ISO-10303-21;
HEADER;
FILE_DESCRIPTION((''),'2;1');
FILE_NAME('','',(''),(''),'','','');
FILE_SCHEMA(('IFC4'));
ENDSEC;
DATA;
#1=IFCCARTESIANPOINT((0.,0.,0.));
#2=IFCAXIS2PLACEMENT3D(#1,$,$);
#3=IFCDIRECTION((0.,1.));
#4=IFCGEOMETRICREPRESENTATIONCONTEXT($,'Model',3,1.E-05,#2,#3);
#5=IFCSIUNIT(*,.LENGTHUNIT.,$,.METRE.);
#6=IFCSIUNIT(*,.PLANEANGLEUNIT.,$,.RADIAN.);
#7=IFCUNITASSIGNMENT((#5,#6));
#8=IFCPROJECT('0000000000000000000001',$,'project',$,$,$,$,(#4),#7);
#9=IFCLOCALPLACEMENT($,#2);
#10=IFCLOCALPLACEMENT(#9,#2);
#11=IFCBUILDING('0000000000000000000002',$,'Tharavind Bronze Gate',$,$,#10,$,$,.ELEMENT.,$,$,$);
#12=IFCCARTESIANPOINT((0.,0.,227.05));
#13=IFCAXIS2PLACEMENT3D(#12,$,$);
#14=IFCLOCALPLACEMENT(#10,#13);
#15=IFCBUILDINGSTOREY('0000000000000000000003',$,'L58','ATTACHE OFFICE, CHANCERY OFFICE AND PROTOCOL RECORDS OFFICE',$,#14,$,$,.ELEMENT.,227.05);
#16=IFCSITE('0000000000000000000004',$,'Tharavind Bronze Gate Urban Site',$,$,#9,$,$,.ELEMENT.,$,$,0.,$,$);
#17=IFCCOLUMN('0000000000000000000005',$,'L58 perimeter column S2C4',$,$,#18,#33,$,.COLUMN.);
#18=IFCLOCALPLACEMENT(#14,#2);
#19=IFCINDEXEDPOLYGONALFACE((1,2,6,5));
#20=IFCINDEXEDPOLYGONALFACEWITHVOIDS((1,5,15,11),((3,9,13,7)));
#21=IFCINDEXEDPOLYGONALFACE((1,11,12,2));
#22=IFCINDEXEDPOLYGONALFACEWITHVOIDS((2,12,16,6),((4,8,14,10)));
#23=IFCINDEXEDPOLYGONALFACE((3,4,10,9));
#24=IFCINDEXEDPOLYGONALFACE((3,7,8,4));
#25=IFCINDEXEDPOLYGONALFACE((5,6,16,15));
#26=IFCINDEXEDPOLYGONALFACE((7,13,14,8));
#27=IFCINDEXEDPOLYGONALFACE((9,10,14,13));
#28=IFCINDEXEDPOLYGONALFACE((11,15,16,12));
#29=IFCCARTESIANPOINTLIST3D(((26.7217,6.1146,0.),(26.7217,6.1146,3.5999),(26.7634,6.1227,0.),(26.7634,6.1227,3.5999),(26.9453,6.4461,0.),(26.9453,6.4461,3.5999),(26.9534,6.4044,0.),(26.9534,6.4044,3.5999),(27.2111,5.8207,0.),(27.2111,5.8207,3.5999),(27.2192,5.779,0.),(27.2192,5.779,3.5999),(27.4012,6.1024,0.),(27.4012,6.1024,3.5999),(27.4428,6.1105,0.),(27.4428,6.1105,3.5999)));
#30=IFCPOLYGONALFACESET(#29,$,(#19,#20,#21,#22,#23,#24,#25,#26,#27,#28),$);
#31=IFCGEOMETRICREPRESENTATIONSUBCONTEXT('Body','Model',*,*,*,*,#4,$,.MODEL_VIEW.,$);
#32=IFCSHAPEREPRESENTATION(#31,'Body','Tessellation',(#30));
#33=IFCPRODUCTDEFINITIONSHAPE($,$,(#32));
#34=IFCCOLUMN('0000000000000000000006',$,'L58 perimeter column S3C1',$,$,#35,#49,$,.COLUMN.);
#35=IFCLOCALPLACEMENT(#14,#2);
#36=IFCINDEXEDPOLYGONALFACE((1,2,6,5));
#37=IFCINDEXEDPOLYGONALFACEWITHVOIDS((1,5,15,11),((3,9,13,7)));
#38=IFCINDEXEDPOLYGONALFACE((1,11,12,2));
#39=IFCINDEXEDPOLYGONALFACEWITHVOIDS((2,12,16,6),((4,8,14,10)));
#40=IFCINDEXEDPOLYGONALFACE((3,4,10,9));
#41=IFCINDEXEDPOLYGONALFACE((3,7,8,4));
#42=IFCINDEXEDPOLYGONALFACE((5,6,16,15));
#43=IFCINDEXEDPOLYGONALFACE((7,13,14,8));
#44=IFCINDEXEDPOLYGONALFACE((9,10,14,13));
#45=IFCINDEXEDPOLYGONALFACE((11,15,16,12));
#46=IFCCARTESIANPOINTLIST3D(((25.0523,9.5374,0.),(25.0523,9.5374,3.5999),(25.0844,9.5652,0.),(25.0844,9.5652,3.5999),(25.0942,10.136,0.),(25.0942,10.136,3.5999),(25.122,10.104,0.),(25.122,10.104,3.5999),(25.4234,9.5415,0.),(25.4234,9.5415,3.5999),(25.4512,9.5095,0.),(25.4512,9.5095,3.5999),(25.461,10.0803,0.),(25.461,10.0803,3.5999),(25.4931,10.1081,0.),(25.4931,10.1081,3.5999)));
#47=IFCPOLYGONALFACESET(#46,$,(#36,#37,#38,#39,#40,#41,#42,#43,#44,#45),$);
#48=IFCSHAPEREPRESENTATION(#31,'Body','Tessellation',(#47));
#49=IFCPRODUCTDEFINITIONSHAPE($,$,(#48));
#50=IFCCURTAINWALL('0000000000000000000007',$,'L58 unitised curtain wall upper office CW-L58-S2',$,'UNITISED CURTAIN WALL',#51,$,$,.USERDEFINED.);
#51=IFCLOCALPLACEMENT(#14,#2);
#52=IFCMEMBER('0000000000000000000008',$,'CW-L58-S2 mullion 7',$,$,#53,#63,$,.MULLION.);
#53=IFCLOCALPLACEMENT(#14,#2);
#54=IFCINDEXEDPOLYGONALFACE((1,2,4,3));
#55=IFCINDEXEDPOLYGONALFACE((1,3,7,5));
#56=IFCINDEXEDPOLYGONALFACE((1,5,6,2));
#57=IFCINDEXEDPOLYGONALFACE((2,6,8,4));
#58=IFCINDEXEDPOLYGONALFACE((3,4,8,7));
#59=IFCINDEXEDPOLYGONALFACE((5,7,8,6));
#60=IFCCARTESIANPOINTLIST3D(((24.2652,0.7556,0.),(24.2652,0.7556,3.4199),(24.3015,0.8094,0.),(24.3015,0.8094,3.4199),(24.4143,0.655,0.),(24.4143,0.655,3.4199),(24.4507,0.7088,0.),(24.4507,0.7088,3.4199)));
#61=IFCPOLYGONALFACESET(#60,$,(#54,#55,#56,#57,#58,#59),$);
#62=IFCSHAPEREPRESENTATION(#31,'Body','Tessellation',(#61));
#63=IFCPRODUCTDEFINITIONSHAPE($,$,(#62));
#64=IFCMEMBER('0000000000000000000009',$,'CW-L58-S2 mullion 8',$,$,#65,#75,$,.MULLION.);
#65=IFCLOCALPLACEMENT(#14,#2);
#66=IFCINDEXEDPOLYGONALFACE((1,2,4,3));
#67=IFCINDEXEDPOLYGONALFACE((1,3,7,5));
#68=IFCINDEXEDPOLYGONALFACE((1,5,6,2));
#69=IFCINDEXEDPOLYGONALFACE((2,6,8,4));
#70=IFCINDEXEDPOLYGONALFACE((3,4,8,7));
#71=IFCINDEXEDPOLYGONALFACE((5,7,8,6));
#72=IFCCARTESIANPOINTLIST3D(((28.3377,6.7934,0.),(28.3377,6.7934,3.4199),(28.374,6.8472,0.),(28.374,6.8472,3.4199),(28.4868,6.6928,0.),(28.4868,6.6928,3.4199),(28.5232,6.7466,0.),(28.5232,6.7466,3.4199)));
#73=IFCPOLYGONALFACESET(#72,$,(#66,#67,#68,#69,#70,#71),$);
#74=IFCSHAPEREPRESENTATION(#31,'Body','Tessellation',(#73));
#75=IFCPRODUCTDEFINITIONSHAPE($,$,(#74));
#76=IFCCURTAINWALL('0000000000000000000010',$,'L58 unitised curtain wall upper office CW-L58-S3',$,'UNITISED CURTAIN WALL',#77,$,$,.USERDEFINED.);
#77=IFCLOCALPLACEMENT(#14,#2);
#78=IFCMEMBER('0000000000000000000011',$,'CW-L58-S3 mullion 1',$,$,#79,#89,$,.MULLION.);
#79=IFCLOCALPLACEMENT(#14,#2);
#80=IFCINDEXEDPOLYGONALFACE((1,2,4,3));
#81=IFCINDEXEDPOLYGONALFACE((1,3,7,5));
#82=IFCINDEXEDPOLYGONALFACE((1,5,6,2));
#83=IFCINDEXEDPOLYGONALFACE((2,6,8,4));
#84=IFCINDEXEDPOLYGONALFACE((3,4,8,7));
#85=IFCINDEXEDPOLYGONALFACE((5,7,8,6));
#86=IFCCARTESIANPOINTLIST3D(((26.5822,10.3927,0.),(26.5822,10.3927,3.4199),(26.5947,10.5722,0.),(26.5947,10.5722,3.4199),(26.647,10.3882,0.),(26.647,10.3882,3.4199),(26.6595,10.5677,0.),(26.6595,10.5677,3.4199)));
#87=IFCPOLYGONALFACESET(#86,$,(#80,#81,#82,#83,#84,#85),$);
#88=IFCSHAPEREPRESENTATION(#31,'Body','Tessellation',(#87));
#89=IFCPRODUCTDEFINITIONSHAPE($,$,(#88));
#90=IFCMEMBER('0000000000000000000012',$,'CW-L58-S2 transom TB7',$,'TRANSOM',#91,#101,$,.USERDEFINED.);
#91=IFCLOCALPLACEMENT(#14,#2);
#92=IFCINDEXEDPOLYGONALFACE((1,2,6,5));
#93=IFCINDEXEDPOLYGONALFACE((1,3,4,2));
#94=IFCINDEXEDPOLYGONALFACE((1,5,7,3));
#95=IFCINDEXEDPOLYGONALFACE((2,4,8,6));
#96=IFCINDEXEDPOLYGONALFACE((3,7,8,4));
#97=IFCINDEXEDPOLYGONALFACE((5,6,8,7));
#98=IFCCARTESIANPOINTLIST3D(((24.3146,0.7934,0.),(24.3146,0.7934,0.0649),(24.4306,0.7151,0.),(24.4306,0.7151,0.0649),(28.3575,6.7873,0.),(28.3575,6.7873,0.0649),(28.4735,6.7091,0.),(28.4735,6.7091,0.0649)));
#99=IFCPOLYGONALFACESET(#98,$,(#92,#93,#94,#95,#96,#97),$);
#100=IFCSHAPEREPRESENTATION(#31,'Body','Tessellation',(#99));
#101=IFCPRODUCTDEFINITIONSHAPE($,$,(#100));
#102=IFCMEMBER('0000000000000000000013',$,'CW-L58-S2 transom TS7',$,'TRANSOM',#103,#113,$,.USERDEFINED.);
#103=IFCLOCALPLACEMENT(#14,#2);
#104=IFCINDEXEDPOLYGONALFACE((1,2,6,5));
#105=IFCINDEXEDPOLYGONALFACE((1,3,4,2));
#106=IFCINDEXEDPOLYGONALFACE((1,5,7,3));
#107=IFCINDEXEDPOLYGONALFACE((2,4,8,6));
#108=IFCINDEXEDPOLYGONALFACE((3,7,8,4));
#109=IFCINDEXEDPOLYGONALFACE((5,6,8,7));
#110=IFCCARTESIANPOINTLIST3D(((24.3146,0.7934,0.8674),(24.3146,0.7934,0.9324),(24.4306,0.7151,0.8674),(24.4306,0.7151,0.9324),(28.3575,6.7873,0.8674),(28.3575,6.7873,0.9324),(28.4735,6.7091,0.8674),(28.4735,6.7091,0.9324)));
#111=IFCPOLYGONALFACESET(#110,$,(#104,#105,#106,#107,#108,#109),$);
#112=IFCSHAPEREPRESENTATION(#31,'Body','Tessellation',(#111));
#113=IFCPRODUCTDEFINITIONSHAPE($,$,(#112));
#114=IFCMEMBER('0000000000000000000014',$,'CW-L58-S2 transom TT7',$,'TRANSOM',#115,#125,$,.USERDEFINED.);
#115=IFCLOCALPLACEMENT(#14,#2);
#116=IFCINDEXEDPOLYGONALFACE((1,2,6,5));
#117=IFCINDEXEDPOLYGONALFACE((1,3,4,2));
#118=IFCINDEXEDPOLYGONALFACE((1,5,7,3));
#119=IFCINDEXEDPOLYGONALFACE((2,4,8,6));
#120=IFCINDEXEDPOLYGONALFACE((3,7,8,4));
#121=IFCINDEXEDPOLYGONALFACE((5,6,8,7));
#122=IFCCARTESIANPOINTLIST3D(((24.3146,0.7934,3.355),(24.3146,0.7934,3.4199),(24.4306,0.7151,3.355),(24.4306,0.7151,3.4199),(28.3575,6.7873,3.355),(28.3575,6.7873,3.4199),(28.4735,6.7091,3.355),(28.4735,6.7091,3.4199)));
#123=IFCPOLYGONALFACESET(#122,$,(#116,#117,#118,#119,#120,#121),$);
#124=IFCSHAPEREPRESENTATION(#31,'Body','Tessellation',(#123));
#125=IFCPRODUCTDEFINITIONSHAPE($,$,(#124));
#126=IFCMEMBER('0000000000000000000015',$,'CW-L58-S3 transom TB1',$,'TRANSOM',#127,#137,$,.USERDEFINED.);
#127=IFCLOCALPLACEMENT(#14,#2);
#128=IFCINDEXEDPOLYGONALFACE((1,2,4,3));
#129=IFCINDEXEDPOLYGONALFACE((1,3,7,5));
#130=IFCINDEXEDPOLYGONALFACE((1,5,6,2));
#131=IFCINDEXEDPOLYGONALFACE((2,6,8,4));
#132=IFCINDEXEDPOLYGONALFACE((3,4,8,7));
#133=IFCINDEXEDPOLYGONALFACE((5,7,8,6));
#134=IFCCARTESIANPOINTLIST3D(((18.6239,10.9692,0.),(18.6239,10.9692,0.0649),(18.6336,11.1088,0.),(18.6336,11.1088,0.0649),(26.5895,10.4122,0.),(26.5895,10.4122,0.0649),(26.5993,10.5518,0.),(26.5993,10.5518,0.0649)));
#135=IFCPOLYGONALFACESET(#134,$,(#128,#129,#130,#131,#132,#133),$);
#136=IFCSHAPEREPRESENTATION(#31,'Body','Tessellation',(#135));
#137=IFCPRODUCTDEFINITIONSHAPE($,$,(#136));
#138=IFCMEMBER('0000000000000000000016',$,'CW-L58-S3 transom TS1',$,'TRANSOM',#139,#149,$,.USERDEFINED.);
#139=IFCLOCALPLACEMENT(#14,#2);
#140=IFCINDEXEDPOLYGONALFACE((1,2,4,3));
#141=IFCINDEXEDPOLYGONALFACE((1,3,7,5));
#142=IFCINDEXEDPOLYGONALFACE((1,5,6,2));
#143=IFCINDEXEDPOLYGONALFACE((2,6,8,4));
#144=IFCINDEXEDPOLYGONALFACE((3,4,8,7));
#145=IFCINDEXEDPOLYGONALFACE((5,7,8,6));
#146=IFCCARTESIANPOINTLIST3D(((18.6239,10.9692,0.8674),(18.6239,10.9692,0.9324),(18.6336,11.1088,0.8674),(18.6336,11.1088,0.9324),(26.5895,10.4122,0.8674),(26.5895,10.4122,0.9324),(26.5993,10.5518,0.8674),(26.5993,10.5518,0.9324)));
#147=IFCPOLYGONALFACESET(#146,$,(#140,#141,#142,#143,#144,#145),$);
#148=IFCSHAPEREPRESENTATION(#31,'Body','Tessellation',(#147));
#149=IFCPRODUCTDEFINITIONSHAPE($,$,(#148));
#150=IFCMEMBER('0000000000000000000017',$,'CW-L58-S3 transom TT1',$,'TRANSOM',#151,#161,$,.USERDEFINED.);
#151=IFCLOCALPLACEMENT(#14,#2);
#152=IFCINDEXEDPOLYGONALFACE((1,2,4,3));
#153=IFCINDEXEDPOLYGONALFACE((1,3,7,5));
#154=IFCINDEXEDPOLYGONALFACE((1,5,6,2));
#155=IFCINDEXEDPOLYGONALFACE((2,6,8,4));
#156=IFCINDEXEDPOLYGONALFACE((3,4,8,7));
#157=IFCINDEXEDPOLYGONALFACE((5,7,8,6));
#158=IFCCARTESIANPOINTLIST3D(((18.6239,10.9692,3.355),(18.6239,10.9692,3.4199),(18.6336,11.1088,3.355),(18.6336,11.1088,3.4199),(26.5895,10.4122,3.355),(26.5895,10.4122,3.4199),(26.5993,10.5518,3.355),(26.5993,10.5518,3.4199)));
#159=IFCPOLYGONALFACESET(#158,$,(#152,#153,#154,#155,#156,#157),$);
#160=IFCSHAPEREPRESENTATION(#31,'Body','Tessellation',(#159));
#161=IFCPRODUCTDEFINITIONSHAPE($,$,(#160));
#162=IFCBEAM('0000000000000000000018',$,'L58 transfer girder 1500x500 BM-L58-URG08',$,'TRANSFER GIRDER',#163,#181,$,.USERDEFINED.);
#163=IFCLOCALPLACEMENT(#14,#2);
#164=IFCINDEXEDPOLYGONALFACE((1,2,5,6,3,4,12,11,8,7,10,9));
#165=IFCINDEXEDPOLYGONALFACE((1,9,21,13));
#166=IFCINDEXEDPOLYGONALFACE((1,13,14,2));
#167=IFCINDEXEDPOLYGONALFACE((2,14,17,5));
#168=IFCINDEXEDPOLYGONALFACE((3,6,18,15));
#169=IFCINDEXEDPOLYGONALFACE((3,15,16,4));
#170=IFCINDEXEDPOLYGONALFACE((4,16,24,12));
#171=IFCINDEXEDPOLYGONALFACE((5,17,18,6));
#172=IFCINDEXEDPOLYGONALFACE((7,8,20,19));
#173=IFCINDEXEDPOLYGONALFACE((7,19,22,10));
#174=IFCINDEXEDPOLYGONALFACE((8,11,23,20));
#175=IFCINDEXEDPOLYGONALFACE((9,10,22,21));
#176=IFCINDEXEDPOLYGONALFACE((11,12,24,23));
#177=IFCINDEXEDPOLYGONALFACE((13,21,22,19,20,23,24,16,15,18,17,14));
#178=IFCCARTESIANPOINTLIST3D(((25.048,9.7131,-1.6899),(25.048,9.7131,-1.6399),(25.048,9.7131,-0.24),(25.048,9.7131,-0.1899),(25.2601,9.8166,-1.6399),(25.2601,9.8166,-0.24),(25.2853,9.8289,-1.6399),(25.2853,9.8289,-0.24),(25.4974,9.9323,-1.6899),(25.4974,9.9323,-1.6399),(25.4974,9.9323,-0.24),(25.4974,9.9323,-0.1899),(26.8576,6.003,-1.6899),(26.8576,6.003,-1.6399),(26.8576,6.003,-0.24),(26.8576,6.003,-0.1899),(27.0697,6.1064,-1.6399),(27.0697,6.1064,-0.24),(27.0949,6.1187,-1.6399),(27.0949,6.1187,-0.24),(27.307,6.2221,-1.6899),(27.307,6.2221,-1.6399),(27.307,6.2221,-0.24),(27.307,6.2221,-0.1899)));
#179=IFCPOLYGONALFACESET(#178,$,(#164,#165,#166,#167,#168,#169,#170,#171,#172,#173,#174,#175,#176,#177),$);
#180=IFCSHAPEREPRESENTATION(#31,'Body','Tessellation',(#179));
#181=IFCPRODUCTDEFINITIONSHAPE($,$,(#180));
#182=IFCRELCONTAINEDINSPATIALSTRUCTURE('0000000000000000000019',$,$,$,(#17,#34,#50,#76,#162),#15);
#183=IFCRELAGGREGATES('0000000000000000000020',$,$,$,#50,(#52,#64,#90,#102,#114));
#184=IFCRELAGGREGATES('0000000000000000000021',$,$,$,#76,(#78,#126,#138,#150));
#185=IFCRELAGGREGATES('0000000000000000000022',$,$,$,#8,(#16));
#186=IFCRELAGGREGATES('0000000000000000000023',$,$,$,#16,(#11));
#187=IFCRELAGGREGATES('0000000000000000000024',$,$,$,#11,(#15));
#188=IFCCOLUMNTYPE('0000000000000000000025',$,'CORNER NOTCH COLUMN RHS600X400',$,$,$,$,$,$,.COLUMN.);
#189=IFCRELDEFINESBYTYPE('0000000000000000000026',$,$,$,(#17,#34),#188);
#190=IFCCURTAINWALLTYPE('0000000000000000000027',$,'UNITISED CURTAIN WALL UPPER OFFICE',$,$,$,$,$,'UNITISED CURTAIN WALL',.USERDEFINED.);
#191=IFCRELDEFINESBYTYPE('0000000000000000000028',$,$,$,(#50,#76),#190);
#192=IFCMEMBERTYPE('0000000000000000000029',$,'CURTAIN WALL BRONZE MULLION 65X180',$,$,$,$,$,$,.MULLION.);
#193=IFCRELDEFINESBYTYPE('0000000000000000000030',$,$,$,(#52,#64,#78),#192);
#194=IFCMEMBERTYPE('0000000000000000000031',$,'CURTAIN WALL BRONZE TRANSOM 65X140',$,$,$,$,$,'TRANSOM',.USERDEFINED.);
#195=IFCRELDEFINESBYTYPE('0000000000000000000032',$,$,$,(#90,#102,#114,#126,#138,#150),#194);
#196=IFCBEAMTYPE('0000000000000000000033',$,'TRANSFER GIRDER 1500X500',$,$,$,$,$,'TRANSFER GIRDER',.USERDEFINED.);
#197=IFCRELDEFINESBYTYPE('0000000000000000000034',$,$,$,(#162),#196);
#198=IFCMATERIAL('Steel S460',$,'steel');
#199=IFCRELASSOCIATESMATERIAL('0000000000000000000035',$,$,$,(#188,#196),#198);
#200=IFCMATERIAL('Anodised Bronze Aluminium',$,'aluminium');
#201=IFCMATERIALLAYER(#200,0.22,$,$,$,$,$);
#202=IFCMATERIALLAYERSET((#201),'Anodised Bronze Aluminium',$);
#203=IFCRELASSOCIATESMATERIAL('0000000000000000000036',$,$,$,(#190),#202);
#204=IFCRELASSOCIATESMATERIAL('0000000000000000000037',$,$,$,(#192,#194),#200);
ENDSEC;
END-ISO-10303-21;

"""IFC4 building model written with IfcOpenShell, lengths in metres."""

from ifc_helpers import new_model, si_unit, direction, frame, origin, origin_2d, place, context, subcontext, project, spatial, rectangle, hollow_rectangle, i_section, extrude, material, layer, layer_set, material_profile, profile_set, type_object, element, aggregate, save


model = new_model("IFC4")

# Units and contexts
model_context = context("Model", 3, precision=1e-05, world=origin(), true_north=direction((0.0, 1.0)))
body_context = subcontext(model_context, "Body", "Model", "MODEL_VIEW")
ifc_project = project(units=[si_unit("LENGTHUNIT", "METRE"), si_unit("PLANEANGLEUNIT", "RADIAN")], contexts=[model_context])

# Site, building, storey
site_placement = place(None, origin())
site = spatial("IfcSite", under=ifc_project, at=site_placement, Name="Tharavind Bronze Gate Urban Site", CompositionType="ELEMENT", RefElevation=0.0)
building_placement = place(site_placement, origin())
building = spatial("IfcBuilding", under=site, at=building_placement, Name="Tharavind Bronze Gate", CompositionType="ELEMENT")
storey_placement = place(building_placement, frame((0.0, 0.0, 227.05)))
storey = spatial("IfcBuildingStorey", under=building, at=storey_placement, Name="L58", Description="ATTACHE OFFICE, CHANCERY OFFICE AND PROTOCOL RECORDS OFFICE", CompositionType="ELEMENT", Elevation=227.05)

# Columns
ifc_material_1 = material(Name="Steel S460", Category="steel")
ifc_material_profile_1 = material_profile(ifc_material_1, hollow_rectangle(XDim=0.3999, YDim=0.6001, WallThickness=0.03, at=origin_2d()), Name="RHS600X400X30")
ifc_profile_set_1 = profile_set([ifc_material_profile_1], Name="Steel S460")
column_type = type_object("IfcColumnType", Name="CORNER NOTCH COLUMN RHS600X400", PredefinedType="COLUMN", material=ifc_profile_set_1)
for number, where, z_axis, x_axis, name in (
    (1, (27.0823, 6.1125, 0.0), (0.0, 0.0, 1.0), (0.559194, 0.829037, 0.0), "L58 perimeter column S2C4"),
    (2, (25.2727, 9.8228, 0.0), (0.0, 0.0, 1.0), (-0.997564, 0.069756, 0.0), "L58 perimeter column S3C1"),
):
    element("IfcColumn", number, at=place(storey_placement, frame(where, z_axis=z_axis, x_axis=x_axis)), inside=storey, type_object=column_type, Name=name, PredefinedType="COLUMN", context=body_context, shape_type="SweptSolid", body=[
        extrude(hollow_rectangle(XDim=0.3999, YDim=0.6001, WallThickness=0.03, at=origin_2d()), origin(), (0.0, 0.0, 1.0), 3.5999),
    ])

# Curtain wall, members
ifc_material_2 = material(Name="Anodised Bronze Aluminium", Category="aluminium")
ifc_layer_1 = layer(ifc_material_2, 0.22)
ifc_layer_set_1 = layer_set([ifc_layer_1], Name="Anodised Bronze Aluminium")
curtain_wall_type = type_object("IfcCurtainWallType", Name="UNITISED CURTAIN WALL UPPER OFFICE", ElementType="UNITISED CURTAIN WALL", PredefinedType="USERDEFINED", material=ifc_layer_set_1)
curtain_wall_1_placement = place(storey_placement, origin())
curtain_wall_1 = element("IfcCurtainWall", 3, at=curtain_wall_1_placement, inside=storey, type_object=curtain_wall_type, Name="L58 unitised curtain wall upper office CW-L58-S2", ObjectType="UNITISED CURTAIN WALL", PredefinedType="USERDEFINED")
member_type_1 = type_object("IfcMemberType", Name="CURTAIN WALL BRONZE MULLION 65X180", PredefinedType="MULLION", material=ifc_material_2)
member_1_placement = place(storey_placement, frame((24.3579, 0.7322, 0.0), z_axis=(0.0, 0.0, 1.0), x_axis=(0.559193, 0.829038, 0.0)))
member_1 = element("IfcMember", 4, at=member_1_placement, type_object=member_type_1, Name="CW-L58-S2 mullion 7", PredefinedType="MULLION", context=body_context, shape_type="SweptSolid", body=[
    extrude(rectangle(XDim=0.0649, YDim=0.1799, at=origin_2d()), origin(), (0.0, 0.0, 1.0), 3.4199),
])
member_2_placement = place(storey_placement, frame((28.4304, 6.77, 0.0), z_axis=(0.0, 0.0, 1.0), x_axis=(0.559193, 0.829038, 0.0)))
member_2 = element("IfcMember", 5, at=member_2_placement, type_object=member_type_1, Name="CW-L58-S2 mullion 8", PredefinedType="MULLION", context=body_context, shape_type="SweptSolid", body=[
    extrude(rectangle(XDim=0.0649, YDim=0.1799, at=origin_2d()), origin(), (0.0, 0.0, 1.0), 3.4199),
])

# Curtain wall, member
curtain_wall_2_placement = place(storey_placement, origin())
curtain_wall_2 = element("IfcCurtainWall", 6, at=curtain_wall_2_placement, inside=storey, type_object=curtain_wall_type, Name="L58 unitised curtain wall upper office CW-L58-S3", ObjectType="UNITISED CURTAIN WALL", PredefinedType="USERDEFINED")
member_3_placement = place(storey_placement, frame((26.6208, 10.4802, 0.0), z_axis=(0.0, 0.0, 1.0), x_axis=(-0.997564, 0.069758, 0.0)))
member_3 = element("IfcMember", 7, at=member_3_placement, type_object=member_type_1, Name="CW-L58-S3 mullion 1", PredefinedType="MULLION", context=body_context, shape_type="SweptSolid", body=[
    extrude(rectangle(XDim=0.0649, YDim=0.1799, at=origin_2d()), origin(), (0.0, 0.0, 1.0), 3.4199),
])

# Members
member_type_2 = type_object("IfcMemberType", Name="CURTAIN WALL BRONZE TRANSOM 65X140", ElementType="TRANSOM", PredefinedType="USERDEFINED", material=ifc_material_2)
member_4_placement = place(storey_placement, frame((26.394, 3.7512, 0.0), z_axis=(0.0, 0.0, 1.0), x_axis=(0.559193, 0.829038, 0.0)))
member_4 = element("IfcMember", 8, at=member_4_placement, type_object=member_type_2, Name="CW-L58-S2 transom TB7", ObjectType="TRANSOM", PredefinedType="USERDEFINED", context=body_context, shape_type="SweptSolid", body=[
    extrude(rectangle(XDim=7.23, YDim=0.1399, at=origin_2d()), origin(), (0.0, 0.0, 1.0), 0.0649),
])
member_5_placement = place(storey_placement, frame((26.394, 3.7512, 0.8674), z_axis=(0.0, 0.0, 1.0), x_axis=(0.559193, 0.829038, 0.0)))
member_5 = element("IfcMember", 9, at=member_5_placement, type_object=member_type_2, Name="CW-L58-S2 transom TS7", ObjectType="TRANSOM", PredefinedType="USERDEFINED", context=body_context, shape_type="SweptSolid", body=[
    extrude(rectangle(XDim=7.23, YDim=0.1399, at=origin_2d()), origin(), (0.0, 0.0, 1.0), 0.0649),
])
member_6_placement = place(storey_placement, frame((26.394, 3.7512, 3.355), z_axis=(0.0, 0.0, 1.0), x_axis=(0.559193, 0.829038, 0.0)))
member_6 = element("IfcMember", 10, at=member_6_placement, type_object=member_type_2, Name="CW-L58-S2 transom TT7", ObjectType="TRANSOM", PredefinedType="USERDEFINED", context=body_context, shape_type="SweptSolid", body=[
    extrude(rectangle(XDim=7.23, YDim=0.1399, at=origin_2d()), origin(), (0.0, 0.0, 1.0), 0.0649),
])
member_7_placement = place(storey_placement, frame((22.6116, 10.7605, 0.0), z_axis=(0.0, 0.0, 1.0), x_axis=(-0.997564, 0.069758, 0.0)))
member_7 = element("IfcMember", 11, at=member_7_placement, type_object=member_type_2, Name="CW-L58-S3 transom TB1", ObjectType="TRANSOM", PredefinedType="USERDEFINED", context=body_context, shape_type="SweptSolid", body=[
    extrude(rectangle(XDim=7.9851, YDim=0.1399, at=origin_2d()), origin(), (0.0, 0.0, 1.0), 0.0649),
])
member_8_placement = place(storey_placement, frame((22.6116, 10.7605, 0.8674), z_axis=(0.0, 0.0, 1.0), x_axis=(-0.997564, 0.069758, 0.0)))
member_8 = element("IfcMember", 12, at=member_8_placement, type_object=member_type_2, Name="CW-L58-S3 transom TS1", ObjectType="TRANSOM", PredefinedType="USERDEFINED", context=body_context, shape_type="SweptSolid", body=[
    extrude(rectangle(XDim=7.9851, YDim=0.1399, at=origin_2d()), origin(), (0.0, 0.0, 1.0), 0.0649),
])
member_9_placement = place(storey_placement, frame((22.6116, 10.7605, 3.355), z_axis=(0.0, 0.0, 1.0), x_axis=(-0.997564, 0.069758, 0.0)))
member_9 = element("IfcMember", 13, at=member_9_placement, type_object=member_type_2, Name="CW-L58-S3 transom TT1", ObjectType="TRANSOM", PredefinedType="USERDEFINED", context=body_context, shape_type="SweptSolid", body=[
    extrude(rectangle(XDim=7.9851, YDim=0.1399, at=origin_2d()), origin(), (0.0, 0.0, 1.0), 0.0649),
])

# Beam
ifc_material_profile_2 = material_profile(ifc_material_1, i_section(OverallWidth=0.5, OverallDepth=1.5, WebThickness=0.0281, FlangeThickness=0.05, at=origin_2d()), Name="PG1500X500")
ifc_profile_set_2 = profile_set([ifc_material_profile_2], Name="Steel S460")
beam_type_1 = type_object("IfcBeamType", Name="TRANSFER GIRDER 1500X500", ElementType="TRANSFER GIRDER", PredefinedType="USERDEFINED", material=ifc_profile_set_2)
beam_1_placement = place(storey_placement, frame((27.0823, 6.1125, -0.9399), z_axis=(-0.438368, 0.898796, 0.0), x_axis=(-0.898796, -0.438368, 0.0)))
element("IfcBeam", 14, at=beam_1_placement, inside=storey, type_object=beam_type_1, Name="L58 transfer girder 1500x500 BM-L58-URG08", ObjectType="TRANSFER GIRDER", PredefinedType="USERDEFINED", context=body_context, shape_type="SweptSolid", body=[
    extrude(i_section(OverallWidth=0.5, OverallDepth=1.5, WebThickness=0.0281, FlangeThickness=0.05, at=origin_2d()), origin(), (0.0, 0.0, 1.0), 4.1279),
])

aggregate(curtain_wall_1, [member_1, member_2, member_4, member_5, member_6])
aggregate(curtain_wall_2, [member_3, member_7, member_8, member_9])

save(model, "model.ifc")
